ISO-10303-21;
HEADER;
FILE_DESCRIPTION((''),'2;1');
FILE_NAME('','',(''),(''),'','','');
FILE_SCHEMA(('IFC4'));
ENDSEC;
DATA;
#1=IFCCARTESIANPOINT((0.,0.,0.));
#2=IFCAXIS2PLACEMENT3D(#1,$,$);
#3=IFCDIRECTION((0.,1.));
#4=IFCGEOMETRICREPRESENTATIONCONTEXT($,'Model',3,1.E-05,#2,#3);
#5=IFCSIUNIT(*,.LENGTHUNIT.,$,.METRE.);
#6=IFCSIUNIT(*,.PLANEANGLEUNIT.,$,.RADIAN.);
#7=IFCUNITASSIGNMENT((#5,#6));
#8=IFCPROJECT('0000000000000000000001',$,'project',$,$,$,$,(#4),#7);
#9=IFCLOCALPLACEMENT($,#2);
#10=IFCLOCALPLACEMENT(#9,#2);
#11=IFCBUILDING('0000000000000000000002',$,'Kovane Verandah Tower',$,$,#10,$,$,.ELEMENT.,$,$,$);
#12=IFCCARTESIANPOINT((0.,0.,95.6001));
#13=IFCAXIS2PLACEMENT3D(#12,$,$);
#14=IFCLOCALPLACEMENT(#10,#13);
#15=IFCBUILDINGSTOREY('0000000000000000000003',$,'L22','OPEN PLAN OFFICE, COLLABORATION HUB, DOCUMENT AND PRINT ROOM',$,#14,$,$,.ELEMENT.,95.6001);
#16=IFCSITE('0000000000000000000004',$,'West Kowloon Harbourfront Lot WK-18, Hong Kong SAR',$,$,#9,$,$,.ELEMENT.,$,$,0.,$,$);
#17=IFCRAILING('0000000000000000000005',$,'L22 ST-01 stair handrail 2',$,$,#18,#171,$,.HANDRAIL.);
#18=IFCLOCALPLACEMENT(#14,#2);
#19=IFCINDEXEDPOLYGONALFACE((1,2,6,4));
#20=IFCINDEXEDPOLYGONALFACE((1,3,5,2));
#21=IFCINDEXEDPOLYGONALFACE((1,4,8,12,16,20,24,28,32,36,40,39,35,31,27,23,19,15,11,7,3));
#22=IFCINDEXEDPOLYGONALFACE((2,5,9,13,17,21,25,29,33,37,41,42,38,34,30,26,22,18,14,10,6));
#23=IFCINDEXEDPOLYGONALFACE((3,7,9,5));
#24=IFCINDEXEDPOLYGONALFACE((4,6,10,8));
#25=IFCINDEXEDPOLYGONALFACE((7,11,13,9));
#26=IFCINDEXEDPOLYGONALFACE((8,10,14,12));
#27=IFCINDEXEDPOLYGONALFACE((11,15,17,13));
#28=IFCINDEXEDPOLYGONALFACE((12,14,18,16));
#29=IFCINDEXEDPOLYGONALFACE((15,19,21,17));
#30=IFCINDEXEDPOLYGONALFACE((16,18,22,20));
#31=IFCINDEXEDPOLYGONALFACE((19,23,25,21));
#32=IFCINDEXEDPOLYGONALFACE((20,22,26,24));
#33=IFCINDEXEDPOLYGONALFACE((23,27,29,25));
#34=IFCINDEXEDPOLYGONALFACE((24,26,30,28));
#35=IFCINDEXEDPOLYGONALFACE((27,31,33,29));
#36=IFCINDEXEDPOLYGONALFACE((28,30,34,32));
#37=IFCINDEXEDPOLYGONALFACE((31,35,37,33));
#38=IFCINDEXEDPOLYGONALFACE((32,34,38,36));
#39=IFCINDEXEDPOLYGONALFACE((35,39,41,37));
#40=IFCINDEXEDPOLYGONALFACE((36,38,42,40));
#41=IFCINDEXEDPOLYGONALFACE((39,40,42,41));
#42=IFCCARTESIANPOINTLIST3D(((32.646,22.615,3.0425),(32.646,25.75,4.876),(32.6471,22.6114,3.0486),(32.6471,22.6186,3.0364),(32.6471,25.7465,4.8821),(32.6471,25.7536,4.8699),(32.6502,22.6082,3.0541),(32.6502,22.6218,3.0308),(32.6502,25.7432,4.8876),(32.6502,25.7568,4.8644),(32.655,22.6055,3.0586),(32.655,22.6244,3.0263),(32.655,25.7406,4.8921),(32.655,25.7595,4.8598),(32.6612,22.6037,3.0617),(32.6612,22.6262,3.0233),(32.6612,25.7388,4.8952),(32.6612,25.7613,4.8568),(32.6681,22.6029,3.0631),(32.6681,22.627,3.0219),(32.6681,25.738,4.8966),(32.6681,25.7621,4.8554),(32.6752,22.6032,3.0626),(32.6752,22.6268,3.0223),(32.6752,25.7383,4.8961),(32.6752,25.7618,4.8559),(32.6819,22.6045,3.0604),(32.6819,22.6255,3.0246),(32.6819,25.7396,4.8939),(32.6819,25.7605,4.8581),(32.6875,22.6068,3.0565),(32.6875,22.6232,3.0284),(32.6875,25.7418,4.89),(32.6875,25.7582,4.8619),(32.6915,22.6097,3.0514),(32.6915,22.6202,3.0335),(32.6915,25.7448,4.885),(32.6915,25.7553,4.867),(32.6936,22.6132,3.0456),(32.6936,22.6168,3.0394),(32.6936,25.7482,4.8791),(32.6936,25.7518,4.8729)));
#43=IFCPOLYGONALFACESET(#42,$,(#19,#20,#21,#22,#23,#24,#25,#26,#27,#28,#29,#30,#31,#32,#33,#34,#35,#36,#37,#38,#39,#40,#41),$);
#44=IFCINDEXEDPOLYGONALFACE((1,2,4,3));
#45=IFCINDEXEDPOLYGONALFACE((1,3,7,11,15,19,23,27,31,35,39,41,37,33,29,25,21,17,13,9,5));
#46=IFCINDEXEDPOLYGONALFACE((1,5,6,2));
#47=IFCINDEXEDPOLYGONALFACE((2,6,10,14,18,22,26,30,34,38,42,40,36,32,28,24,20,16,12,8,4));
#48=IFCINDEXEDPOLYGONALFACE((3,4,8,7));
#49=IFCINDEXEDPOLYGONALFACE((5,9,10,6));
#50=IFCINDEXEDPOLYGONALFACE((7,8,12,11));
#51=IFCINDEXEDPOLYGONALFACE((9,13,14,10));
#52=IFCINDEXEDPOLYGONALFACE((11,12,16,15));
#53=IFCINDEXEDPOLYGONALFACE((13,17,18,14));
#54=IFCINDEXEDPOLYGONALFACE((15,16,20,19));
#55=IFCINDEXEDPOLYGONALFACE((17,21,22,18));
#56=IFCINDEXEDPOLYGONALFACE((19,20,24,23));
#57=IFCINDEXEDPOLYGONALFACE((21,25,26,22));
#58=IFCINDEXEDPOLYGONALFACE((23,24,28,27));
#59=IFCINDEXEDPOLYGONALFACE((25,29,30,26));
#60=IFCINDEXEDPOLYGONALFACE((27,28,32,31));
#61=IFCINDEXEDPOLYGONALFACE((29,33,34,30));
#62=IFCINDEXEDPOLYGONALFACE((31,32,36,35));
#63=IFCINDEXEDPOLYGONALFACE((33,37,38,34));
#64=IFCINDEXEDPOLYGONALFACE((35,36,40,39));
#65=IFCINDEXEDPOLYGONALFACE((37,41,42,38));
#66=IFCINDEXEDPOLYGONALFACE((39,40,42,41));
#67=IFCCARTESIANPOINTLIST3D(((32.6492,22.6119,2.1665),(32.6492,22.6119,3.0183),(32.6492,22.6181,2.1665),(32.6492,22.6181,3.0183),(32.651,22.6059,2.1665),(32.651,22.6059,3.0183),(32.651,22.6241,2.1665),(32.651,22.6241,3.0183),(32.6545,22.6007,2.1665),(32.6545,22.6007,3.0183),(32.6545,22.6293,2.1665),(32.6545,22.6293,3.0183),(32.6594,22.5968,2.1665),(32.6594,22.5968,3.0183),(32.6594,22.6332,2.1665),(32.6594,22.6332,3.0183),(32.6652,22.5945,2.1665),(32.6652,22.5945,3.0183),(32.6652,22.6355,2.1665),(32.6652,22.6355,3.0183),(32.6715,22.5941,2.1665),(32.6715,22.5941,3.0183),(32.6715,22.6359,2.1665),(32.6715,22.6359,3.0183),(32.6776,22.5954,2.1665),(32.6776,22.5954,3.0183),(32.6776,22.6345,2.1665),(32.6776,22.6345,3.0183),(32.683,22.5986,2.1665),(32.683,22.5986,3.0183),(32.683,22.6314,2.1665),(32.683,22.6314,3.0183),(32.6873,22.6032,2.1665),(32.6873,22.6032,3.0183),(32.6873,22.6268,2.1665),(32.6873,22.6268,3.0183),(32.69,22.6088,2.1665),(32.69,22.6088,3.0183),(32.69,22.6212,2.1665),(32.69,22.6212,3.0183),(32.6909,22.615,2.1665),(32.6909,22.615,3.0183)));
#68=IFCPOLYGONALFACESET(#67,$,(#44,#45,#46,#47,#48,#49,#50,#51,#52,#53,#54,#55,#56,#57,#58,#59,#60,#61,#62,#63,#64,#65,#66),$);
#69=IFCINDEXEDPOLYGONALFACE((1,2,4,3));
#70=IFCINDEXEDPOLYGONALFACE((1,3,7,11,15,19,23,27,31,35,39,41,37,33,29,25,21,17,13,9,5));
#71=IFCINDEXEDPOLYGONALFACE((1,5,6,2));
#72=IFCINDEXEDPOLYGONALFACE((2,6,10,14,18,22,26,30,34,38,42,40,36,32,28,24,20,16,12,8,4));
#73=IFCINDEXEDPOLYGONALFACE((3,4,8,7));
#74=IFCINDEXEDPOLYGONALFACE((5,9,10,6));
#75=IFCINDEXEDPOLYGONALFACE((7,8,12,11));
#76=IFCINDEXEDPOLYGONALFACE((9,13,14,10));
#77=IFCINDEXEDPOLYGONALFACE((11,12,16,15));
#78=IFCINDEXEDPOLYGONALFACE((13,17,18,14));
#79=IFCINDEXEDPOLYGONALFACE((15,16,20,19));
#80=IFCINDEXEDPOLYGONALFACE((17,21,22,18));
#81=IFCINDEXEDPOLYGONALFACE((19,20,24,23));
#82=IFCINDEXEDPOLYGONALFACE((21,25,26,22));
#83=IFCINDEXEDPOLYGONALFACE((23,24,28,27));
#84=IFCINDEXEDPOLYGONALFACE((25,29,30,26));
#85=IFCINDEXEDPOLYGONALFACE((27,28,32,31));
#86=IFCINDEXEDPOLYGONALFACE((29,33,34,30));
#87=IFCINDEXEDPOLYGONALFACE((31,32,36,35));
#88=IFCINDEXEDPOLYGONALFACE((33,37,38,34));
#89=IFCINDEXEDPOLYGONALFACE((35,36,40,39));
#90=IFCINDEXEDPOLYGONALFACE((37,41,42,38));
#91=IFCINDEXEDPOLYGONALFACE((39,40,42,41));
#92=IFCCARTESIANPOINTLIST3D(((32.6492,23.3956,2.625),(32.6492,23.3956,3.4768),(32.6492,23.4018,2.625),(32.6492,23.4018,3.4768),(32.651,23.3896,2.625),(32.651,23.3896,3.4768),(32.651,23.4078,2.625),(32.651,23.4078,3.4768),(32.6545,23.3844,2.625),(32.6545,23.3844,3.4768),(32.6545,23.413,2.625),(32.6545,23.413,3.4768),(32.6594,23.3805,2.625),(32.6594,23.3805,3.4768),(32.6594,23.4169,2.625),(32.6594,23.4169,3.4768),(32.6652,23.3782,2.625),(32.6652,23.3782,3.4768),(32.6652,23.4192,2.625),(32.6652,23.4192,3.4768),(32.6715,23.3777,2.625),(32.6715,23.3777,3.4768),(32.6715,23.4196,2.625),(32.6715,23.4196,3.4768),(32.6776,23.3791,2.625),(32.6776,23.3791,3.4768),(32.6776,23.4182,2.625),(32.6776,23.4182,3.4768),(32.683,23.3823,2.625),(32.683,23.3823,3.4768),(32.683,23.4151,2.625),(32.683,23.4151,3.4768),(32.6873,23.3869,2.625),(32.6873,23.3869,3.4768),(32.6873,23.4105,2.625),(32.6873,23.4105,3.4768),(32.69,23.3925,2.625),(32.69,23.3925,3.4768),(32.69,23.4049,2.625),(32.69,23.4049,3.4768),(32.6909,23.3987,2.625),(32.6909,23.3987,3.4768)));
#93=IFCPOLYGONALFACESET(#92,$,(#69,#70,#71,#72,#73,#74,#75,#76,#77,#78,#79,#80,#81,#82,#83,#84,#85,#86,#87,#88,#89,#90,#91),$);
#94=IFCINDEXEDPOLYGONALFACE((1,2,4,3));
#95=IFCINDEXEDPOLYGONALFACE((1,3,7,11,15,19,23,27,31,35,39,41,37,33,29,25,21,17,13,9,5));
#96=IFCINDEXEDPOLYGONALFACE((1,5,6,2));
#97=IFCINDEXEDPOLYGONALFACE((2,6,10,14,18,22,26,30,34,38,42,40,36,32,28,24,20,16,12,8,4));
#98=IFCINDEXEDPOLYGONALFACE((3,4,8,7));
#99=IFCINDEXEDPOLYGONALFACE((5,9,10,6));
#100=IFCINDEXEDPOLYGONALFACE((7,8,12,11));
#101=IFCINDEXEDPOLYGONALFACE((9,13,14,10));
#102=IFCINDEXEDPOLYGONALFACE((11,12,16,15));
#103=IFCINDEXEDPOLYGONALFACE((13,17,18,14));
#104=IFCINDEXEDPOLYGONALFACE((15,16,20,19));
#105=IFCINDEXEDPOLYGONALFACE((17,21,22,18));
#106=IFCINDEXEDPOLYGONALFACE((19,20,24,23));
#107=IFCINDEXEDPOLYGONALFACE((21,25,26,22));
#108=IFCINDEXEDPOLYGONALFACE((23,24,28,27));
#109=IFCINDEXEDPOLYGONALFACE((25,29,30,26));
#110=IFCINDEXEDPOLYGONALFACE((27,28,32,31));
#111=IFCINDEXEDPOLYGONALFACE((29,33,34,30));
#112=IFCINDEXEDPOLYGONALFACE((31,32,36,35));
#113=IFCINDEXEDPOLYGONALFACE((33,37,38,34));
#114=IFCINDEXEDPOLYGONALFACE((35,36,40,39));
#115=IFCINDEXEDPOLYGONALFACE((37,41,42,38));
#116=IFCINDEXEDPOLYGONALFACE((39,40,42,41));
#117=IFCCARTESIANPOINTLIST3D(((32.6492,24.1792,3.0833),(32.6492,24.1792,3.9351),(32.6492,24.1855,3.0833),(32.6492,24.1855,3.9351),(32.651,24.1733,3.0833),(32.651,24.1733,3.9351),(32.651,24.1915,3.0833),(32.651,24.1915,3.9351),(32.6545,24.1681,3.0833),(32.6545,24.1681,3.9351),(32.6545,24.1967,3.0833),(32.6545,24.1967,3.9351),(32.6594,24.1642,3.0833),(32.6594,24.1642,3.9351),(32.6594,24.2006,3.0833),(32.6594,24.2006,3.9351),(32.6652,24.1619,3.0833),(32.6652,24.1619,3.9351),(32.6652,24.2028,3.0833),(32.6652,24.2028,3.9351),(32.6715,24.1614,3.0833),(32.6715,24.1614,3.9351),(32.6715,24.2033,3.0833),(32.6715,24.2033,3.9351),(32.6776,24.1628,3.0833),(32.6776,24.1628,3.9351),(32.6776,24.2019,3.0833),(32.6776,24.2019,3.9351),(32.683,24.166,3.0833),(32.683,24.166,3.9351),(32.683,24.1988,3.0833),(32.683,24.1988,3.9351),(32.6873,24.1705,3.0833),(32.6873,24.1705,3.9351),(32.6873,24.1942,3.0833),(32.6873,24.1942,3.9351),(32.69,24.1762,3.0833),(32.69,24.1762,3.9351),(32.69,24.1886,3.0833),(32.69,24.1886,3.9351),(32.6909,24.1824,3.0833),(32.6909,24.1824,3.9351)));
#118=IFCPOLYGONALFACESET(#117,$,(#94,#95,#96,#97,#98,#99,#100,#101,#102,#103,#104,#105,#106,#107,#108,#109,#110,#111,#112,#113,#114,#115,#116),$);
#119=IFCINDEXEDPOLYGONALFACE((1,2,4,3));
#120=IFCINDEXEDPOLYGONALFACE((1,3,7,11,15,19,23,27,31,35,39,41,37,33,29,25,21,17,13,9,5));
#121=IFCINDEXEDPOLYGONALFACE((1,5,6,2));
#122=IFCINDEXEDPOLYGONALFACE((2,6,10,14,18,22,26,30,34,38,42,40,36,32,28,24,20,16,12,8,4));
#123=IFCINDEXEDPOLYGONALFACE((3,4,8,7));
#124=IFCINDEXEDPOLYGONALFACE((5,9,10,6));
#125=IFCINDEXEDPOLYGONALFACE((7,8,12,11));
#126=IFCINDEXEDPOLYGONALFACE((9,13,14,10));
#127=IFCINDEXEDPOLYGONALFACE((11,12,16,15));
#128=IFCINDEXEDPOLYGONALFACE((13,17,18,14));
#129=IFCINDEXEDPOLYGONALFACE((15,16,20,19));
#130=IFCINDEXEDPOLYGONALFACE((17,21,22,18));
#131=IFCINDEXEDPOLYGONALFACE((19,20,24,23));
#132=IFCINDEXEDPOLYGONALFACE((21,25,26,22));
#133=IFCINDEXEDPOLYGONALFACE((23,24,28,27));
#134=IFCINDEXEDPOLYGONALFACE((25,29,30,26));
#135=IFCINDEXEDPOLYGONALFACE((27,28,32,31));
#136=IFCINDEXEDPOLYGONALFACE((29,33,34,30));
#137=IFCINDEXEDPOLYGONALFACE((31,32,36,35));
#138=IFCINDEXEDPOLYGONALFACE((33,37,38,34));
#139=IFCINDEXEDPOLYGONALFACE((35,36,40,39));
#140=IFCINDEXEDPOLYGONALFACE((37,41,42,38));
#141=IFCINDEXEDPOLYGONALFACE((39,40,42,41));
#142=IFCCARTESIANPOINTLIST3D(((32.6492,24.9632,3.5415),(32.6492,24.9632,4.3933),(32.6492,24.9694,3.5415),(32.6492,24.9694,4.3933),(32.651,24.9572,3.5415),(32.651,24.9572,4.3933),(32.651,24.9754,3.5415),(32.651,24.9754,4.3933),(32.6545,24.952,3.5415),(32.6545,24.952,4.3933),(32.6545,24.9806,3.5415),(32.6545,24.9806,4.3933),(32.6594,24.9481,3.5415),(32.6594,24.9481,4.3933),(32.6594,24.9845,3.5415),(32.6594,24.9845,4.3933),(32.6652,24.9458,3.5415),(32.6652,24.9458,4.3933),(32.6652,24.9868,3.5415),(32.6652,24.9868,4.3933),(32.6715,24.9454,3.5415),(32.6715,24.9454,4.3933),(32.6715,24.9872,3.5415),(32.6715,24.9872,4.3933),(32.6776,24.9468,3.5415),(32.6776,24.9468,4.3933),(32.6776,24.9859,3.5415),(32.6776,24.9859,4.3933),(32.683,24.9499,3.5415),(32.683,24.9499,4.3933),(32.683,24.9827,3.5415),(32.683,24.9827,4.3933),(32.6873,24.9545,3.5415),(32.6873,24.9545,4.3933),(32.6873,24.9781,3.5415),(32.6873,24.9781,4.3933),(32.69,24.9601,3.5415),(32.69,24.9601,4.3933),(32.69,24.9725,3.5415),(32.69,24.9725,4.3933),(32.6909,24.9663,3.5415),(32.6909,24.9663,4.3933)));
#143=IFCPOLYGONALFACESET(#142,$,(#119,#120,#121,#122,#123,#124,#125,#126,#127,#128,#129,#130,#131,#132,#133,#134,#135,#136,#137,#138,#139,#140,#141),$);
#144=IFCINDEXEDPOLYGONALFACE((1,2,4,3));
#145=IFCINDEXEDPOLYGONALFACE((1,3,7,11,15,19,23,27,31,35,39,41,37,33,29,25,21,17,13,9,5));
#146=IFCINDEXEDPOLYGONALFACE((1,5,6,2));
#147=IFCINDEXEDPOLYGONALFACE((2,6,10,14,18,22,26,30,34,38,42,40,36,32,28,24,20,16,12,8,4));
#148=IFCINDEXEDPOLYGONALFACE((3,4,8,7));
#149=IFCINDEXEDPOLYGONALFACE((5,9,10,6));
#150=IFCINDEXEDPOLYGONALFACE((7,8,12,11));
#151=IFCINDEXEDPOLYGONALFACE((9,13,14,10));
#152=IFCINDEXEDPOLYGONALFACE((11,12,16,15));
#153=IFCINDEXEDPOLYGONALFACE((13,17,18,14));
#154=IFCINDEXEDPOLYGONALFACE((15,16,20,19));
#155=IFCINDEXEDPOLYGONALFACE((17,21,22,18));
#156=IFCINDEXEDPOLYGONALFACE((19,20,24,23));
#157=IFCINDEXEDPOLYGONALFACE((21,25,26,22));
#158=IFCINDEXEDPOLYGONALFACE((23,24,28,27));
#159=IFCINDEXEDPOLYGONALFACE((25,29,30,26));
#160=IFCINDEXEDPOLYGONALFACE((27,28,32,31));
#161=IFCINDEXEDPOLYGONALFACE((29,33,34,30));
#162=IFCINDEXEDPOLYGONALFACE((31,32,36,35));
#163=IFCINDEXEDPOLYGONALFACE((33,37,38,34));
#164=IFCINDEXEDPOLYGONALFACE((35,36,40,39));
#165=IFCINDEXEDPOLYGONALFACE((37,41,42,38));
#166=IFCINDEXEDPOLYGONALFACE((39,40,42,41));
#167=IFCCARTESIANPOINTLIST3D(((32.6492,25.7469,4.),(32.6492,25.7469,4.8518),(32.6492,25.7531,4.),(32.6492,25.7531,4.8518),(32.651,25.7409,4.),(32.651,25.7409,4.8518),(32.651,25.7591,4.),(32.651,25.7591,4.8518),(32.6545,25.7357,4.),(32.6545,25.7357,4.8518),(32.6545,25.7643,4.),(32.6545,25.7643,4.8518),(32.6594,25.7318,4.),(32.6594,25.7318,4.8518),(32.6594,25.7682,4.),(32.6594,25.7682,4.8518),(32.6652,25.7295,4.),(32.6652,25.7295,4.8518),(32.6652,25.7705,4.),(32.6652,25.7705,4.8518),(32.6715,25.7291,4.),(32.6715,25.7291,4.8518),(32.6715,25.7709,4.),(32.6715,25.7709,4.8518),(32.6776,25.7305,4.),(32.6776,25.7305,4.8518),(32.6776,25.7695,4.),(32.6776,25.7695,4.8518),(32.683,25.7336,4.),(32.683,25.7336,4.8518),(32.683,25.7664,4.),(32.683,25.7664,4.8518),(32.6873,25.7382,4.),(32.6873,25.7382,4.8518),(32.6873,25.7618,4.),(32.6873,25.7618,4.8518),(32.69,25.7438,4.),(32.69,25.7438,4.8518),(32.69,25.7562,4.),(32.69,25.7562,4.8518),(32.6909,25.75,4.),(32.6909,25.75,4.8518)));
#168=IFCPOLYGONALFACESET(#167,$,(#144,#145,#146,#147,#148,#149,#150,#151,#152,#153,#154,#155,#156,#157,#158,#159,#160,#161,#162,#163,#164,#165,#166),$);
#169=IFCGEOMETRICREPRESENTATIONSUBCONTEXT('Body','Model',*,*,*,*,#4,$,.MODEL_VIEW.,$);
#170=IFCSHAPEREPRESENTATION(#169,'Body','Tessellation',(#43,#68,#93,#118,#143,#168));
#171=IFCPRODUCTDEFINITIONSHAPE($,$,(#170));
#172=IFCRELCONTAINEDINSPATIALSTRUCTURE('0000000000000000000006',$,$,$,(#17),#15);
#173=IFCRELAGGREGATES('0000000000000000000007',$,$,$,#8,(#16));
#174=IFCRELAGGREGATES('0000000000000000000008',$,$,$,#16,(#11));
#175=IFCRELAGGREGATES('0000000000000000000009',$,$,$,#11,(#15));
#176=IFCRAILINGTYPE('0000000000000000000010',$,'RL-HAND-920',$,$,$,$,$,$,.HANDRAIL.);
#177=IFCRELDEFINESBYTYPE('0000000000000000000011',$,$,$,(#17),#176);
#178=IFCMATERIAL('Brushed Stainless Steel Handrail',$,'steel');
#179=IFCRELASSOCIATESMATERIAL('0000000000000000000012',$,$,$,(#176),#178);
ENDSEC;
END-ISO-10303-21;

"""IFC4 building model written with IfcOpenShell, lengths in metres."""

from ifc_helpers import new_model, si_unit, direction, frame, origin, origin_2d, place, context, subcontext, project, spatial, circle, extrude, material, type_object, element, save


model = new_model("IFC4")

# Units and contexts
model_context = context("Model", 3, precision=1e-05, world=origin(), true_north=direction((0.0, 1.0)))
body_context = subcontext(model_context, "Body", "Model", "MODEL_VIEW")
ifc_project = project(units=[si_unit("LENGTHUNIT", "METRE"), si_unit("PLANEANGLEUNIT", "RADIAN")], contexts=[model_context])

# Site, building, storey
site_placement = place(None, origin())
site = spatial("IfcSite", under=ifc_project, at=site_placement, Name="West Kowloon Harbourfront Lot WK-18, Hong Kong SAR", CompositionType="ELEMENT", RefElevation=0.0)
building_placement = place(site_placement, origin())
building = spatial("IfcBuilding", under=site, at=building_placement, Name="Kovane Verandah Tower", CompositionType="ELEMENT")
storey_placement = place(building_placement, frame((0.0, 0.0, 95.6001)))
storey = spatial("IfcBuildingStorey", under=building, at=storey_placement, Name="L22", Description="OPEN PLAN OFFICE, COLLABORATION HUB, DOCUMENT AND PRINT ROOM", CompositionType="ELEMENT", Elevation=95.6001)

# Railing
ifc_material_1 = material(Name="Brushed Stainless Steel Handrail", Category="steel")
railing_type_1 = type_object("IfcRailingType", Name="RL-HAND-920", PredefinedType="HANDRAIL", material=ifc_material_1)
railing_1_placement = place(storey_placement, frame((32.6699, 22.615, 2.1665)))
element("IfcRailing", 1, at=railing_1_placement, inside=storey, type_object=railing_type_1, Name="L22 ST-01 stair handrail 2", PredefinedType="HANDRAIL", context=body_context, shape_type="SweptSolid", body=[
    extrude(circle(Radius=0.0239, at=origin_2d()), frame((0.0, 0.0, 0.876), z_axis=(0.0, 0.86321, 0.504845), x_axis=(-1.0, 0.0, 0.0)), (0.0, 0.0, 1.0), 3.6318),
    extrude(circle(Radius=0.021, at=origin_2d()), origin(), (0.0, 0.0, 1.0), 0.8518),
    extrude(circle(Radius=0.021, at=origin_2d()), frame((0.0, 0.7837, 0.4585)), (0.0, 0.0, 1.0), 0.8518),
    extrude(circle(Radius=0.021, at=origin_2d()), frame((0.0, 1.5674, 0.9167)), (0.0, 0.0, 1.0), 0.8518),
    extrude(circle(Radius=0.021, at=origin_2d()), frame((0.0, 2.3513, 1.375)), (0.0, 0.0, 1.0), 0.8518),
    extrude(circle(Radius=0.021, at=origin_2d()), frame((0.0, 3.135, 1.8335)), (0.0, 0.0, 1.0), 0.8518),
])

save(model, "model.ifc")
